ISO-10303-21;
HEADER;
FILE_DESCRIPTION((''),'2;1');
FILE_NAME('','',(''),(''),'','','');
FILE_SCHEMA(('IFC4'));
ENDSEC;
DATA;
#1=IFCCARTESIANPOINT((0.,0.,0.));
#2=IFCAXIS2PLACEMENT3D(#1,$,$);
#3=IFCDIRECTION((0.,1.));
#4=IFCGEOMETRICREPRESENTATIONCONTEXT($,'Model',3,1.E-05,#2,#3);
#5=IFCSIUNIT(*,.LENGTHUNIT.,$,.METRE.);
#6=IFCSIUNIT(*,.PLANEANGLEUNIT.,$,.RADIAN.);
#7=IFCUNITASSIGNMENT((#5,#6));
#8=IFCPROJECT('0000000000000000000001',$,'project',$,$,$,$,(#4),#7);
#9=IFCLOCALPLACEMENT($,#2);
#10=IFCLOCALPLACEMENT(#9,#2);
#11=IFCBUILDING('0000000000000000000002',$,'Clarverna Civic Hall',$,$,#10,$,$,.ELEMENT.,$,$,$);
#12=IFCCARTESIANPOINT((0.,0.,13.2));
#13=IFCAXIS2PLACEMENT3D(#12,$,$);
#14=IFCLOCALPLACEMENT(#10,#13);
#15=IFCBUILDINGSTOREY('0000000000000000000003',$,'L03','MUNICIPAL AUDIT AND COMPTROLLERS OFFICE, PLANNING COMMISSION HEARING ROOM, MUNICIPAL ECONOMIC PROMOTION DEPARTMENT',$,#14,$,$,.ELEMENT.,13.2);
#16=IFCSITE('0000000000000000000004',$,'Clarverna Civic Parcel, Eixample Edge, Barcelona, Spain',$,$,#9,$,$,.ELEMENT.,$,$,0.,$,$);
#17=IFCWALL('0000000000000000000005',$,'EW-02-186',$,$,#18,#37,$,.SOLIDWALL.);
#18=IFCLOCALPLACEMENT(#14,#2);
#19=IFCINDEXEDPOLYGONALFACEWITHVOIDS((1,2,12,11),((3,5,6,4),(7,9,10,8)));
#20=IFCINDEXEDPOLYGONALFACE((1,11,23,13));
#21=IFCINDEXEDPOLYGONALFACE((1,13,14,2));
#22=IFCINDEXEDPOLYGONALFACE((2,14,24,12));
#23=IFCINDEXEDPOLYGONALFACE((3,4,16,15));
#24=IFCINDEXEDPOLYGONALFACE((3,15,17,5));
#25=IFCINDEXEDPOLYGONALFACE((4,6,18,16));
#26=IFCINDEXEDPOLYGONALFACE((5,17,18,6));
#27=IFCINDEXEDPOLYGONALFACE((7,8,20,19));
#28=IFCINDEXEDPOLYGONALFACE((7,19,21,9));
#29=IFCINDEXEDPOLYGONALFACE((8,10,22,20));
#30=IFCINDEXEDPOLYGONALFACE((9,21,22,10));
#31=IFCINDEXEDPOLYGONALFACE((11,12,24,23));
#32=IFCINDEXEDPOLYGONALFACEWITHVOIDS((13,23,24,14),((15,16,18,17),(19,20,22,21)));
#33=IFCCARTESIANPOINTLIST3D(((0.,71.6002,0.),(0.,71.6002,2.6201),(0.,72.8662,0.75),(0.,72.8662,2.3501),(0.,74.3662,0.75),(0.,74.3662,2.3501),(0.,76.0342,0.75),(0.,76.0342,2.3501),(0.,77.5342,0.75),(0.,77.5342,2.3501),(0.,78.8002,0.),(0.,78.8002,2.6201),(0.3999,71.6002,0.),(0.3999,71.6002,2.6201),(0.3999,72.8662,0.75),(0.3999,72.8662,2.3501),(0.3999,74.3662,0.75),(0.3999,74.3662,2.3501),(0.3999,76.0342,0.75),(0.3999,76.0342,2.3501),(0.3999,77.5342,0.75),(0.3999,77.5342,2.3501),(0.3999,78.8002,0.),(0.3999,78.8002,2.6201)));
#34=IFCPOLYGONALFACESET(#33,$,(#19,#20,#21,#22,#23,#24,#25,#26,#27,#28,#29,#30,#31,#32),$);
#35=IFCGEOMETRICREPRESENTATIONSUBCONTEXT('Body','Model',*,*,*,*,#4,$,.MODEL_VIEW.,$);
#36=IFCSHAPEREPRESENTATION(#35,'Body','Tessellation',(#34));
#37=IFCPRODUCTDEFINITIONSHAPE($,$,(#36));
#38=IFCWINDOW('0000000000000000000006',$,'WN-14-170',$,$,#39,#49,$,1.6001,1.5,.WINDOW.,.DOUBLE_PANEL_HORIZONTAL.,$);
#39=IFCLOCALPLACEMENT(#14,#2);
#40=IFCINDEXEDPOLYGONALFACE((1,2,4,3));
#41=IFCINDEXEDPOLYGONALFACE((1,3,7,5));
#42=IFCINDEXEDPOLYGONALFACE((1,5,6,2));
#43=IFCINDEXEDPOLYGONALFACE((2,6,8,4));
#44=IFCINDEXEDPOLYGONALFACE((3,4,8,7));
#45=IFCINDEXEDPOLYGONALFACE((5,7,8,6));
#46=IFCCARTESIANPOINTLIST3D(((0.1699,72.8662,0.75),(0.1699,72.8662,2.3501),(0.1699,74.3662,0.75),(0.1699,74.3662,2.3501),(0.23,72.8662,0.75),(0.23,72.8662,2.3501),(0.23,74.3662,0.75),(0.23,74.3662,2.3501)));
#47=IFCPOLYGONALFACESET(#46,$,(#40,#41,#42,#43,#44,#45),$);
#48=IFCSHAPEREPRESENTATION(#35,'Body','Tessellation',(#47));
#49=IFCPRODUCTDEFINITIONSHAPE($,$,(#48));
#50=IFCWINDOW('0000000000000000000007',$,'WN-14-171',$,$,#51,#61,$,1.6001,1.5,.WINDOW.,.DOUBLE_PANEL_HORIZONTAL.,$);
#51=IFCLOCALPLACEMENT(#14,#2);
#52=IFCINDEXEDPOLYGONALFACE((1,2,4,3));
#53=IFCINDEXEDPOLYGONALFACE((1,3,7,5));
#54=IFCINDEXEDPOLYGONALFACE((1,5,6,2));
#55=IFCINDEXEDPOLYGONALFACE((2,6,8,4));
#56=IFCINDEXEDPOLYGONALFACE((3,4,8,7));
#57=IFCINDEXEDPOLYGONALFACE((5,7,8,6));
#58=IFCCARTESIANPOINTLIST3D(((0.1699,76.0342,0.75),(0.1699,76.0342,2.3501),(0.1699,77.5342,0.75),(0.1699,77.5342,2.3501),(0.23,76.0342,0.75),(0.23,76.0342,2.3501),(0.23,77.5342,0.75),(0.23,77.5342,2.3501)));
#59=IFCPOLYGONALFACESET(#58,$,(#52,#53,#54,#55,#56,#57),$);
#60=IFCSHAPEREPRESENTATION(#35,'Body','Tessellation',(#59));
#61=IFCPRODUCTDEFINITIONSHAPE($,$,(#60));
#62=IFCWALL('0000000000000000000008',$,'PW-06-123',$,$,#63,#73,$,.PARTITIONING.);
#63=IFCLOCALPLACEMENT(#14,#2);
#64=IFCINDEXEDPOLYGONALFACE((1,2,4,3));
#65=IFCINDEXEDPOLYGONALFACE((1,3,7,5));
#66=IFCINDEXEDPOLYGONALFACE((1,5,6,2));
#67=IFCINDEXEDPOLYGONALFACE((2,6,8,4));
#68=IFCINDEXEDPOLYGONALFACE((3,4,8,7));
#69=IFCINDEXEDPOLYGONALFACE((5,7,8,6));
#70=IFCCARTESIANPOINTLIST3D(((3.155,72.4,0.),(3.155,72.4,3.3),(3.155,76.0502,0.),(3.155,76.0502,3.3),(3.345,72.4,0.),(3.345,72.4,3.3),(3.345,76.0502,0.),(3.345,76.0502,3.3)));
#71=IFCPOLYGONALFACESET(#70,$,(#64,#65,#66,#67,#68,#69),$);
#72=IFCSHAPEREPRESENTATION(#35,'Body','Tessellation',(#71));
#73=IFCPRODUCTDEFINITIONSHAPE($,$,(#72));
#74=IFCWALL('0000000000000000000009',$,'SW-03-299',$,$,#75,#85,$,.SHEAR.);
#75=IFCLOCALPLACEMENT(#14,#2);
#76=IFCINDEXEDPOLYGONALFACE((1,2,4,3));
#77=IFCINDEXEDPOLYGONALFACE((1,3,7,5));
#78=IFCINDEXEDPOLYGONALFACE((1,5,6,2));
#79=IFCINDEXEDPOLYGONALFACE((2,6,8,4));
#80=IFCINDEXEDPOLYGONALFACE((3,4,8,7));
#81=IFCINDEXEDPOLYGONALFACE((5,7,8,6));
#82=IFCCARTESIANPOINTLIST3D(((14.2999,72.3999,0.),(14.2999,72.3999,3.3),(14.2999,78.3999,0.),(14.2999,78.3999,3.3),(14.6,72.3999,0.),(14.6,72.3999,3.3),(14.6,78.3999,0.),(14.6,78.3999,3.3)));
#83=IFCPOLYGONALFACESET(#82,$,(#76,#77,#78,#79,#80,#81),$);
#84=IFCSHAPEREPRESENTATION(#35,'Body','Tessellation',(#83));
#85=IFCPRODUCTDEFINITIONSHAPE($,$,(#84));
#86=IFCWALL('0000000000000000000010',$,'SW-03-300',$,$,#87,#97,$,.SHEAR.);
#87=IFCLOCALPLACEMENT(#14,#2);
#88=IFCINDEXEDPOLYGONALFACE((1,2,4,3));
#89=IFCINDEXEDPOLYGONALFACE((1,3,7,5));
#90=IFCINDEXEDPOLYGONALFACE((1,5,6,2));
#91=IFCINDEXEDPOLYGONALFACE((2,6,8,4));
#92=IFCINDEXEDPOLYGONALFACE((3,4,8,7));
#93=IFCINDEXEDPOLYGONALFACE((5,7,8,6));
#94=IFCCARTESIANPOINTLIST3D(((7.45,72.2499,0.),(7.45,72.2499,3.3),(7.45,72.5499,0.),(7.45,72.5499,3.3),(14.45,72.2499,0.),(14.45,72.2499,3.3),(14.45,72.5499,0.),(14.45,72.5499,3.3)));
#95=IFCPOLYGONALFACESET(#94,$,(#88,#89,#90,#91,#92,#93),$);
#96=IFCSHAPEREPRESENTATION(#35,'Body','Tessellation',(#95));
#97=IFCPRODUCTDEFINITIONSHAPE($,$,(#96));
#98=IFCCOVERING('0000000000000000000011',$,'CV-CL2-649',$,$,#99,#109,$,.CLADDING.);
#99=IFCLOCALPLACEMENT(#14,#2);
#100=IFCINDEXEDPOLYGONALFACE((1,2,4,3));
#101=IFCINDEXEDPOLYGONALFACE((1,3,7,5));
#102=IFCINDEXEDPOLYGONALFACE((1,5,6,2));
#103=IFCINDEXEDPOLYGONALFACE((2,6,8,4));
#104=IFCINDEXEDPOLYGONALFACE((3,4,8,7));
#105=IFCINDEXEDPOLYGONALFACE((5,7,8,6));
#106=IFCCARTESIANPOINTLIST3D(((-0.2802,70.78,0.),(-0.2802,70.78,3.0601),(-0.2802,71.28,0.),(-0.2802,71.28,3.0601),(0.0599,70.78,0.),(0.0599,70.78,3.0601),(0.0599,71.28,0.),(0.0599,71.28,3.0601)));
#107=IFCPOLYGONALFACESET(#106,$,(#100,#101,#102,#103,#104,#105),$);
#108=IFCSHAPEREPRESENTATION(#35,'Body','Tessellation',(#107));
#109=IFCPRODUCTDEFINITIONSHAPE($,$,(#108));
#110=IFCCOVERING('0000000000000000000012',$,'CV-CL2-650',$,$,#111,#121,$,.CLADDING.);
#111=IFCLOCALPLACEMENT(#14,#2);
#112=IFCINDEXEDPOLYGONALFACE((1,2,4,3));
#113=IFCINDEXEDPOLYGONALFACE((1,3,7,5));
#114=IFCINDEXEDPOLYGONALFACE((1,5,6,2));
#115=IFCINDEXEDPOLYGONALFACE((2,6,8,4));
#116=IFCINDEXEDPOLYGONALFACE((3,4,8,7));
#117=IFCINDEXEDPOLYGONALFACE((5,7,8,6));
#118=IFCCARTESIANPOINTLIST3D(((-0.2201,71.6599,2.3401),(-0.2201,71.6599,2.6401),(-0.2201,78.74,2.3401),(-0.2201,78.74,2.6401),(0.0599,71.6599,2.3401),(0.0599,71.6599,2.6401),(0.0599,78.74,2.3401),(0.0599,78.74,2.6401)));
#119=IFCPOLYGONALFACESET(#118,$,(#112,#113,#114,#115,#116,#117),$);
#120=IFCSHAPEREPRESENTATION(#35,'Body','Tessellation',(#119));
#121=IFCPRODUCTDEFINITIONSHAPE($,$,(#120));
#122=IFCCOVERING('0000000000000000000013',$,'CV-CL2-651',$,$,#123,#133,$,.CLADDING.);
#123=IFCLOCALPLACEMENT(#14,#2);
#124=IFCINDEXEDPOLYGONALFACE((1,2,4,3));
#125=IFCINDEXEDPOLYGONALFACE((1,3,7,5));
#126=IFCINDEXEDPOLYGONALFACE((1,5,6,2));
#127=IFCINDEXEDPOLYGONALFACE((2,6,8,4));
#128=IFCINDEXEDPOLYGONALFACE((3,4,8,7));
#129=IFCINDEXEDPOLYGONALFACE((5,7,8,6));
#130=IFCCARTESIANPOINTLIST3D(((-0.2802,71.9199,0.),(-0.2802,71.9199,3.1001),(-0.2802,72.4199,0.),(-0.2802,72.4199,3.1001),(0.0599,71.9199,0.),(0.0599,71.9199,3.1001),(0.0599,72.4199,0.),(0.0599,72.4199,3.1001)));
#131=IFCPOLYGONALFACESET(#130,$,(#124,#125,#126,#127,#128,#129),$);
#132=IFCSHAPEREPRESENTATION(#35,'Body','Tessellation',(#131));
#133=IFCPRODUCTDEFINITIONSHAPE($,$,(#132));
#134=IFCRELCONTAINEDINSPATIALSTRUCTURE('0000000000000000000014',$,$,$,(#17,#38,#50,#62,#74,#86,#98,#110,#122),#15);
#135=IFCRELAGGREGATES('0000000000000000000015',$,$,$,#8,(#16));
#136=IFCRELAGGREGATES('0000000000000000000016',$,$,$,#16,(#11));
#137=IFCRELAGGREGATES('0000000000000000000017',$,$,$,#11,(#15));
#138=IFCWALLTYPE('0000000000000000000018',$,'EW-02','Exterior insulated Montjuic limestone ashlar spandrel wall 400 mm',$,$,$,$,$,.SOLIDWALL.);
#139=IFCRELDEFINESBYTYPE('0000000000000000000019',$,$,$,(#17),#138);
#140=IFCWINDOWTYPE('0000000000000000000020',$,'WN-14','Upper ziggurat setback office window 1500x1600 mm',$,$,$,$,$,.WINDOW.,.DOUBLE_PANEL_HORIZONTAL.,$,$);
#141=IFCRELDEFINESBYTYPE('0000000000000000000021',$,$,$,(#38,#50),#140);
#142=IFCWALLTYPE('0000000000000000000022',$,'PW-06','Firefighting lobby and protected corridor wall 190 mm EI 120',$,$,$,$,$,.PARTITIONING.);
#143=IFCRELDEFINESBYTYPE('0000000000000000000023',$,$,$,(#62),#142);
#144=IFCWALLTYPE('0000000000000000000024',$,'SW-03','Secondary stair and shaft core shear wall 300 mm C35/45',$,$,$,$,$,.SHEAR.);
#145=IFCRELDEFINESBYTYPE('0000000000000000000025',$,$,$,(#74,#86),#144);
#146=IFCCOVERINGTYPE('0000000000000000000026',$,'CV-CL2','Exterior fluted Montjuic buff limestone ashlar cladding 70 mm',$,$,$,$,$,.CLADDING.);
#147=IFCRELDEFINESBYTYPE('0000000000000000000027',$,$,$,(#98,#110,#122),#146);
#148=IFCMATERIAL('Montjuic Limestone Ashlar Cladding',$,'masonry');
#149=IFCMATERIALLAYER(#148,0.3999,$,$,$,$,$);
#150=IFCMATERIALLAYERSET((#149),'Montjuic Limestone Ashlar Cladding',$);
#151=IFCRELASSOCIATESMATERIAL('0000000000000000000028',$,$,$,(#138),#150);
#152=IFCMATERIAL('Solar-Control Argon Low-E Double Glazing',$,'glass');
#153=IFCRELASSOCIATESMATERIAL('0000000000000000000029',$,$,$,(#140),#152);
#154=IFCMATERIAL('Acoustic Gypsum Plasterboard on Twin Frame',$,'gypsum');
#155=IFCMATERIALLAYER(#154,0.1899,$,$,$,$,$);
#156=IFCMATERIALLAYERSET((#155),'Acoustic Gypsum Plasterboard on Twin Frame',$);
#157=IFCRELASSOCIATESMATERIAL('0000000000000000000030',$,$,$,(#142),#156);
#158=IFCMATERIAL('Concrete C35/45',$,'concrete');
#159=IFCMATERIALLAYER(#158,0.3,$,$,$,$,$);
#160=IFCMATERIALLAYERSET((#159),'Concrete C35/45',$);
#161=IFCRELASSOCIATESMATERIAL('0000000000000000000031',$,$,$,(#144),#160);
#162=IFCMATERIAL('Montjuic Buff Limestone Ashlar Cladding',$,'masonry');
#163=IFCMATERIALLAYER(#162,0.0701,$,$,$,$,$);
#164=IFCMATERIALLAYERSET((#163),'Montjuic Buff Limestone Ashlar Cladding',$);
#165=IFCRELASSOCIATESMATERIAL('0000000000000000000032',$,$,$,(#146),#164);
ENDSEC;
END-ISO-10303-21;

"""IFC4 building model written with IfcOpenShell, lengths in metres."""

from ifc_helpers import new_model, si_unit, direction, frame, frame_2d, origin, place, context, subcontext, project, spatial, rectangle, extrude, material, layer, layer_set, type_object, element, fill, save


model = new_model("IFC4")

# Units and contexts
model_context = context("Model", 3, precision=1e-05, world=origin(), true_north=direction((0.0, 1.0)))
body_context = subcontext(model_context, "Body", "Model", "MODEL_VIEW")
ifc_project = project(units=[si_unit("LENGTHUNIT", "METRE"), si_unit("PLANEANGLEUNIT", "RADIAN")], contexts=[model_context])

# Site, building, storey
site_placement = place(None, origin())
site = spatial("IfcSite", under=ifc_project, at=site_placement, Name="Clarverna Civic Parcel, Eixample Edge, Barcelona, Spain", CompositionType="ELEMENT", RefElevation=0.0)
building_placement = place(site_placement, origin())
building = spatial("IfcBuilding", under=site, at=building_placement, Name="Clarverna Civic Hall", CompositionType="ELEMENT")
storey_placement = place(building_placement, frame((0.0, 0.0, 13.2)))
storey = spatial("IfcBuildingStorey", under=building, at=storey_placement, Name="L03", Description="MUNICIPAL AUDIT AND COMPTROLLERS OFFICE, PLANNING COMMISSION HEARING ROOM, MUNICIPAL ECONOMIC PROMOTION DEPARTMENT", CompositionType="ELEMENT", Elevation=13.2)

# Shared definitions
ifc_material_1 = material(Name="Concrete C35/45", Category="concrete")

# Shared definitions
ifc_material_2 = material(Name="Montjuic Limestone Ashlar Cladding", Category="masonry")
ifc_layer_1 = layer(ifc_material_2, 0.3999)
ifc_layer_set_1 = layer_set([ifc_layer_1], Name="Montjuic Limestone Ashlar Cladding")
wall_type_1 = type_object("IfcWallType", Name="EW-02", Description="Exterior insulated Montjuic limestone ashlar spandrel wall 400 mm", PredefinedType="SOLIDWALL", material=ifc_layer_set_1)

# Wall, openings, windows
wall_1_placement = place(storey_placement, frame((0.2, 71.6001, 0.0), z_axis=(0.0, 0.0, 1.0), x_axis=(0.0, 1.0, 0.0)))
wall_1 = element("IfcWall", 1, at=wall_1_placement, inside=storey, type_object=wall_type_1, Name="EW-02-186", PredefinedType="SOLIDWALL", context=body_context, shape_type="SweptSolid", body=[
    extrude(rectangle(XDim=7.2, YDim=0.3999, at=frame_2d((3.6001, 0.0))), origin(), (0.0, 0.0, 1.0), 2.6201),
])
opening_1_placement = place(wall_1_placement, frame((1.2661, 0.0, 0.75)))
opening_1 = element("IfcOpeningElement", 2, at=opening_1_placement, cuts=wall_1, PredefinedType="OPENING", context=body_context, shape_type="SweptSolid", body=[
    extrude(rectangle(XDim=1.5, YDim=1.6001, at=frame_2d((0.75, 0.8))), frame((0.0, 0.21, 0.0), z_axis=(0.0, -1.0, 0.0), x_axis=(1.0, 0.0, 0.0)), (0.0, 0.0, 1.0), 0.4199),
])
opening_2_placement = place(wall_1_placement, frame((4.4341, 0.0, 0.75)))
opening_2 = element("IfcOpeningElement", 3, at=opening_2_placement, cuts=wall_1, PredefinedType="OPENING", context=body_context, shape_type="SweptSolid", body=[
    extrude(rectangle(XDim=1.5, YDim=1.6001, at=frame_2d((0.75, 0.8))), frame((0.0, 0.21, 0.0), z_axis=(0.0, -1.0, 0.0), x_axis=(1.0, 0.0, 0.0)), (0.0, 0.0, 1.0), 0.4199),
])
ifc_material_3 = material(Name="Solar-Control Argon Low-E Double Glazing", Category="glass")
window_type = type_object("IfcWindowType", Name="WN-14", Description="Upper ziggurat setback office window 1500x1600 mm", PartitioningType="DOUBLE_PANEL_HORIZONTAL", PredefinedType="WINDOW", material=ifc_material_3)
window_1_placement = place(opening_1_placement, origin())
window_1 = element("IfcWindow", 4, at=window_1_placement, inside=storey, type_object=window_type, Name="WN-14-170", OverallHeight=1.6001, OverallWidth=1.5, PartitioningType="DOUBLE_PANEL_HORIZONTAL", PredefinedType="WINDOW", context=body_context, shape_type="SweptSolid", body=[
    extrude(rectangle(XDim=1.5, YDim=1.6001, at=frame_2d((0.75, 0.8))), frame((0.0, 0.03, 0.0), z_axis=(0.0, -1.0, 0.0), x_axis=(1.0, 0.0, 0.0)), (0.0, 0.0, 1.0), 0.0601),
])
fill(opening_1, window_1)
window_2_placement = place(opening_2_placement, origin())
window_2 = element("IfcWindow", 5, at=window_2_placement, inside=storey, type_object=window_type, Name="WN-14-171", OverallHeight=1.6001, OverallWidth=1.5, PartitioningType="DOUBLE_PANEL_HORIZONTAL", PredefinedType="WINDOW", context=body_context, shape_type="SweptSolid", body=[
    extrude(rectangle(XDim=1.5, YDim=1.6001, at=frame_2d((0.75, 0.8))), frame((0.0, 0.03, 0.0), z_axis=(0.0, -1.0, 0.0), x_axis=(1.0, 0.0, 0.0)), (0.0, 0.0, 1.0), 0.0601),
])
fill(opening_2, window_2)

# Wall
ifc_material_4 = material(Name="Acoustic Gypsum Plasterboard on Twin Frame", Category="gypsum")
ifc_layer_2 = layer(ifc_material_4, 0.1899)
ifc_layer_set_2 = layer_set([ifc_layer_2], Name="Acoustic Gypsum Plasterboard on Twin Frame")
wall_type_2 = type_object("IfcWallType", Name="PW-06", Description="Firefighting lobby and protected corridor wall 190 mm EI 120", PredefinedType="PARTITIONING", material=ifc_layer_set_2)
wall_2_placement = place(storey_placement, frame((3.25, 72.3999, 0.0), z_axis=(0.0, 0.0, 1.0), x_axis=(0.0, 1.0, 0.0)))
element("IfcWall", 6, at=wall_2_placement, inside=storey, type_object=wall_type_2, Name="PW-06-123", PredefinedType="PARTITIONING", context=body_context, shape_type="SweptSolid", body=[
    extrude(rectangle(XDim=3.6501, YDim=0.1899, at=frame_2d((1.8252, 0.0))), origin(), (0.0, 0.0, 1.0), 3.3),
])

# Shared definitions
ifc_layer_3 = layer(ifc_material_1, 0.3)
ifc_layer_set_3 = layer_set([ifc_layer_3], Name="Concrete C35/45")
wall_type_3 = type_object("IfcWallType", Name="SW-03", Description="Secondary stair and shaft core shear wall 300 mm C35/45", PredefinedType="SHEAR", material=ifc_layer_set_3)

# Walls
wall_3_placement = place(storey_placement, frame((14.45, 72.3999, 0.0), z_axis=(0.0, 0.0, 1.0), x_axis=(0.0, 1.0, 0.0)))
element("IfcWall", 7, at=wall_3_placement, inside=storey, type_object=wall_type_3, Name="SW-03-299", PredefinedType="SHEAR", context=body_context, shape_type="SweptSolid", body=[
    extrude(rectangle(XDim=6.0, YDim=0.3, at=frame_2d((3.0, 0.0))), origin(), (0.0, 0.0, 1.0), 3.3),
])
wall_4_placement = place(storey_placement, frame((7.45, 72.3999, 0.0), z_axis=(0.0, 0.0, 1.0), x_axis=(1.0, 0.0, 0.0)))
element("IfcWall", 8, at=wall_4_placement, inside=storey, type_object=wall_type_3, Name="SW-03-300", PredefinedType="SHEAR", context=body_context, shape_type="SweptSolid", body=[
    extrude(rectangle(XDim=7.0, YDim=0.3, at=frame_2d((3.5, 0.0))), origin(), (0.0, 0.0, 1.0), 3.3),
])

# Coverings
ifc_material_5 = material(Name="Montjuic Buff Limestone Ashlar Cladding", Category="masonry")
ifc_layer_4 = layer(ifc_material_5, 0.0701)
ifc_layer_set_4 = layer_set([ifc_layer_4], Name="Montjuic Buff Limestone Ashlar Cladding")
covering_type = type_object("IfcCoveringType", Name="CV-CL2", Description="Exterior fluted Montjuic buff limestone ashlar cladding 70 mm", PredefinedType="CLADDING", material=ifc_layer_set_4)
covering_1_placement = place(storey_placement, frame((-0.1101, 70.78, 0.0), z_axis=(0.0, 0.0, 1.0), x_axis=(0.0, 1.0, 0.0)))
element("IfcCovering", 9, at=covering_1_placement, inside=storey, type_object=covering_type, Name="CV-CL2-649", PredefinedType="CLADDING", context=body_context, shape_type="SweptSolid", body=[
    extrude(rectangle(XDim=0.5, YDim=0.3401, at=frame_2d((0.25, 0.0))), origin(), (0.0, 0.0, 1.0), 3.0601),
])
covering_2_placement = place(storey_placement, frame((-0.0801, 71.6599, 2.3401), z_axis=(0.0, 0.0, 1.0), x_axis=(0.0, 1.0, 0.0)))
element("IfcCovering", 10, at=covering_2_placement, inside=storey, type_object=covering_type, Name="CV-CL2-650", PredefinedType="CLADDING", context=body_context, shape_type="SweptSolid", body=[
    extrude(rectangle(XDim=7.0801, YDim=0.28, at=frame_2d((3.54, 0.0))), origin(), (0.0, 0.0, 1.0), 0.3),
])
covering_3_placement = place(storey_placement, frame((-0.1101, 71.9199, 0.0), z_axis=(0.0, 0.0, 1.0), x_axis=(0.0, 1.0, 0.0)))
element("IfcCovering", 11, at=covering_3_placement, inside=storey, type_object=covering_type, Name="CV-CL2-651", PredefinedType="CLADDING", context=body_context, shape_type="SweptSolid", body=[
    extrude(rectangle(XDim=0.5, YDim=0.3401, at=frame_2d((0.25, 0.0))), origin(), (0.0, 0.0, 1.0), 3.1001),
])

save(model, "model.ifc")
